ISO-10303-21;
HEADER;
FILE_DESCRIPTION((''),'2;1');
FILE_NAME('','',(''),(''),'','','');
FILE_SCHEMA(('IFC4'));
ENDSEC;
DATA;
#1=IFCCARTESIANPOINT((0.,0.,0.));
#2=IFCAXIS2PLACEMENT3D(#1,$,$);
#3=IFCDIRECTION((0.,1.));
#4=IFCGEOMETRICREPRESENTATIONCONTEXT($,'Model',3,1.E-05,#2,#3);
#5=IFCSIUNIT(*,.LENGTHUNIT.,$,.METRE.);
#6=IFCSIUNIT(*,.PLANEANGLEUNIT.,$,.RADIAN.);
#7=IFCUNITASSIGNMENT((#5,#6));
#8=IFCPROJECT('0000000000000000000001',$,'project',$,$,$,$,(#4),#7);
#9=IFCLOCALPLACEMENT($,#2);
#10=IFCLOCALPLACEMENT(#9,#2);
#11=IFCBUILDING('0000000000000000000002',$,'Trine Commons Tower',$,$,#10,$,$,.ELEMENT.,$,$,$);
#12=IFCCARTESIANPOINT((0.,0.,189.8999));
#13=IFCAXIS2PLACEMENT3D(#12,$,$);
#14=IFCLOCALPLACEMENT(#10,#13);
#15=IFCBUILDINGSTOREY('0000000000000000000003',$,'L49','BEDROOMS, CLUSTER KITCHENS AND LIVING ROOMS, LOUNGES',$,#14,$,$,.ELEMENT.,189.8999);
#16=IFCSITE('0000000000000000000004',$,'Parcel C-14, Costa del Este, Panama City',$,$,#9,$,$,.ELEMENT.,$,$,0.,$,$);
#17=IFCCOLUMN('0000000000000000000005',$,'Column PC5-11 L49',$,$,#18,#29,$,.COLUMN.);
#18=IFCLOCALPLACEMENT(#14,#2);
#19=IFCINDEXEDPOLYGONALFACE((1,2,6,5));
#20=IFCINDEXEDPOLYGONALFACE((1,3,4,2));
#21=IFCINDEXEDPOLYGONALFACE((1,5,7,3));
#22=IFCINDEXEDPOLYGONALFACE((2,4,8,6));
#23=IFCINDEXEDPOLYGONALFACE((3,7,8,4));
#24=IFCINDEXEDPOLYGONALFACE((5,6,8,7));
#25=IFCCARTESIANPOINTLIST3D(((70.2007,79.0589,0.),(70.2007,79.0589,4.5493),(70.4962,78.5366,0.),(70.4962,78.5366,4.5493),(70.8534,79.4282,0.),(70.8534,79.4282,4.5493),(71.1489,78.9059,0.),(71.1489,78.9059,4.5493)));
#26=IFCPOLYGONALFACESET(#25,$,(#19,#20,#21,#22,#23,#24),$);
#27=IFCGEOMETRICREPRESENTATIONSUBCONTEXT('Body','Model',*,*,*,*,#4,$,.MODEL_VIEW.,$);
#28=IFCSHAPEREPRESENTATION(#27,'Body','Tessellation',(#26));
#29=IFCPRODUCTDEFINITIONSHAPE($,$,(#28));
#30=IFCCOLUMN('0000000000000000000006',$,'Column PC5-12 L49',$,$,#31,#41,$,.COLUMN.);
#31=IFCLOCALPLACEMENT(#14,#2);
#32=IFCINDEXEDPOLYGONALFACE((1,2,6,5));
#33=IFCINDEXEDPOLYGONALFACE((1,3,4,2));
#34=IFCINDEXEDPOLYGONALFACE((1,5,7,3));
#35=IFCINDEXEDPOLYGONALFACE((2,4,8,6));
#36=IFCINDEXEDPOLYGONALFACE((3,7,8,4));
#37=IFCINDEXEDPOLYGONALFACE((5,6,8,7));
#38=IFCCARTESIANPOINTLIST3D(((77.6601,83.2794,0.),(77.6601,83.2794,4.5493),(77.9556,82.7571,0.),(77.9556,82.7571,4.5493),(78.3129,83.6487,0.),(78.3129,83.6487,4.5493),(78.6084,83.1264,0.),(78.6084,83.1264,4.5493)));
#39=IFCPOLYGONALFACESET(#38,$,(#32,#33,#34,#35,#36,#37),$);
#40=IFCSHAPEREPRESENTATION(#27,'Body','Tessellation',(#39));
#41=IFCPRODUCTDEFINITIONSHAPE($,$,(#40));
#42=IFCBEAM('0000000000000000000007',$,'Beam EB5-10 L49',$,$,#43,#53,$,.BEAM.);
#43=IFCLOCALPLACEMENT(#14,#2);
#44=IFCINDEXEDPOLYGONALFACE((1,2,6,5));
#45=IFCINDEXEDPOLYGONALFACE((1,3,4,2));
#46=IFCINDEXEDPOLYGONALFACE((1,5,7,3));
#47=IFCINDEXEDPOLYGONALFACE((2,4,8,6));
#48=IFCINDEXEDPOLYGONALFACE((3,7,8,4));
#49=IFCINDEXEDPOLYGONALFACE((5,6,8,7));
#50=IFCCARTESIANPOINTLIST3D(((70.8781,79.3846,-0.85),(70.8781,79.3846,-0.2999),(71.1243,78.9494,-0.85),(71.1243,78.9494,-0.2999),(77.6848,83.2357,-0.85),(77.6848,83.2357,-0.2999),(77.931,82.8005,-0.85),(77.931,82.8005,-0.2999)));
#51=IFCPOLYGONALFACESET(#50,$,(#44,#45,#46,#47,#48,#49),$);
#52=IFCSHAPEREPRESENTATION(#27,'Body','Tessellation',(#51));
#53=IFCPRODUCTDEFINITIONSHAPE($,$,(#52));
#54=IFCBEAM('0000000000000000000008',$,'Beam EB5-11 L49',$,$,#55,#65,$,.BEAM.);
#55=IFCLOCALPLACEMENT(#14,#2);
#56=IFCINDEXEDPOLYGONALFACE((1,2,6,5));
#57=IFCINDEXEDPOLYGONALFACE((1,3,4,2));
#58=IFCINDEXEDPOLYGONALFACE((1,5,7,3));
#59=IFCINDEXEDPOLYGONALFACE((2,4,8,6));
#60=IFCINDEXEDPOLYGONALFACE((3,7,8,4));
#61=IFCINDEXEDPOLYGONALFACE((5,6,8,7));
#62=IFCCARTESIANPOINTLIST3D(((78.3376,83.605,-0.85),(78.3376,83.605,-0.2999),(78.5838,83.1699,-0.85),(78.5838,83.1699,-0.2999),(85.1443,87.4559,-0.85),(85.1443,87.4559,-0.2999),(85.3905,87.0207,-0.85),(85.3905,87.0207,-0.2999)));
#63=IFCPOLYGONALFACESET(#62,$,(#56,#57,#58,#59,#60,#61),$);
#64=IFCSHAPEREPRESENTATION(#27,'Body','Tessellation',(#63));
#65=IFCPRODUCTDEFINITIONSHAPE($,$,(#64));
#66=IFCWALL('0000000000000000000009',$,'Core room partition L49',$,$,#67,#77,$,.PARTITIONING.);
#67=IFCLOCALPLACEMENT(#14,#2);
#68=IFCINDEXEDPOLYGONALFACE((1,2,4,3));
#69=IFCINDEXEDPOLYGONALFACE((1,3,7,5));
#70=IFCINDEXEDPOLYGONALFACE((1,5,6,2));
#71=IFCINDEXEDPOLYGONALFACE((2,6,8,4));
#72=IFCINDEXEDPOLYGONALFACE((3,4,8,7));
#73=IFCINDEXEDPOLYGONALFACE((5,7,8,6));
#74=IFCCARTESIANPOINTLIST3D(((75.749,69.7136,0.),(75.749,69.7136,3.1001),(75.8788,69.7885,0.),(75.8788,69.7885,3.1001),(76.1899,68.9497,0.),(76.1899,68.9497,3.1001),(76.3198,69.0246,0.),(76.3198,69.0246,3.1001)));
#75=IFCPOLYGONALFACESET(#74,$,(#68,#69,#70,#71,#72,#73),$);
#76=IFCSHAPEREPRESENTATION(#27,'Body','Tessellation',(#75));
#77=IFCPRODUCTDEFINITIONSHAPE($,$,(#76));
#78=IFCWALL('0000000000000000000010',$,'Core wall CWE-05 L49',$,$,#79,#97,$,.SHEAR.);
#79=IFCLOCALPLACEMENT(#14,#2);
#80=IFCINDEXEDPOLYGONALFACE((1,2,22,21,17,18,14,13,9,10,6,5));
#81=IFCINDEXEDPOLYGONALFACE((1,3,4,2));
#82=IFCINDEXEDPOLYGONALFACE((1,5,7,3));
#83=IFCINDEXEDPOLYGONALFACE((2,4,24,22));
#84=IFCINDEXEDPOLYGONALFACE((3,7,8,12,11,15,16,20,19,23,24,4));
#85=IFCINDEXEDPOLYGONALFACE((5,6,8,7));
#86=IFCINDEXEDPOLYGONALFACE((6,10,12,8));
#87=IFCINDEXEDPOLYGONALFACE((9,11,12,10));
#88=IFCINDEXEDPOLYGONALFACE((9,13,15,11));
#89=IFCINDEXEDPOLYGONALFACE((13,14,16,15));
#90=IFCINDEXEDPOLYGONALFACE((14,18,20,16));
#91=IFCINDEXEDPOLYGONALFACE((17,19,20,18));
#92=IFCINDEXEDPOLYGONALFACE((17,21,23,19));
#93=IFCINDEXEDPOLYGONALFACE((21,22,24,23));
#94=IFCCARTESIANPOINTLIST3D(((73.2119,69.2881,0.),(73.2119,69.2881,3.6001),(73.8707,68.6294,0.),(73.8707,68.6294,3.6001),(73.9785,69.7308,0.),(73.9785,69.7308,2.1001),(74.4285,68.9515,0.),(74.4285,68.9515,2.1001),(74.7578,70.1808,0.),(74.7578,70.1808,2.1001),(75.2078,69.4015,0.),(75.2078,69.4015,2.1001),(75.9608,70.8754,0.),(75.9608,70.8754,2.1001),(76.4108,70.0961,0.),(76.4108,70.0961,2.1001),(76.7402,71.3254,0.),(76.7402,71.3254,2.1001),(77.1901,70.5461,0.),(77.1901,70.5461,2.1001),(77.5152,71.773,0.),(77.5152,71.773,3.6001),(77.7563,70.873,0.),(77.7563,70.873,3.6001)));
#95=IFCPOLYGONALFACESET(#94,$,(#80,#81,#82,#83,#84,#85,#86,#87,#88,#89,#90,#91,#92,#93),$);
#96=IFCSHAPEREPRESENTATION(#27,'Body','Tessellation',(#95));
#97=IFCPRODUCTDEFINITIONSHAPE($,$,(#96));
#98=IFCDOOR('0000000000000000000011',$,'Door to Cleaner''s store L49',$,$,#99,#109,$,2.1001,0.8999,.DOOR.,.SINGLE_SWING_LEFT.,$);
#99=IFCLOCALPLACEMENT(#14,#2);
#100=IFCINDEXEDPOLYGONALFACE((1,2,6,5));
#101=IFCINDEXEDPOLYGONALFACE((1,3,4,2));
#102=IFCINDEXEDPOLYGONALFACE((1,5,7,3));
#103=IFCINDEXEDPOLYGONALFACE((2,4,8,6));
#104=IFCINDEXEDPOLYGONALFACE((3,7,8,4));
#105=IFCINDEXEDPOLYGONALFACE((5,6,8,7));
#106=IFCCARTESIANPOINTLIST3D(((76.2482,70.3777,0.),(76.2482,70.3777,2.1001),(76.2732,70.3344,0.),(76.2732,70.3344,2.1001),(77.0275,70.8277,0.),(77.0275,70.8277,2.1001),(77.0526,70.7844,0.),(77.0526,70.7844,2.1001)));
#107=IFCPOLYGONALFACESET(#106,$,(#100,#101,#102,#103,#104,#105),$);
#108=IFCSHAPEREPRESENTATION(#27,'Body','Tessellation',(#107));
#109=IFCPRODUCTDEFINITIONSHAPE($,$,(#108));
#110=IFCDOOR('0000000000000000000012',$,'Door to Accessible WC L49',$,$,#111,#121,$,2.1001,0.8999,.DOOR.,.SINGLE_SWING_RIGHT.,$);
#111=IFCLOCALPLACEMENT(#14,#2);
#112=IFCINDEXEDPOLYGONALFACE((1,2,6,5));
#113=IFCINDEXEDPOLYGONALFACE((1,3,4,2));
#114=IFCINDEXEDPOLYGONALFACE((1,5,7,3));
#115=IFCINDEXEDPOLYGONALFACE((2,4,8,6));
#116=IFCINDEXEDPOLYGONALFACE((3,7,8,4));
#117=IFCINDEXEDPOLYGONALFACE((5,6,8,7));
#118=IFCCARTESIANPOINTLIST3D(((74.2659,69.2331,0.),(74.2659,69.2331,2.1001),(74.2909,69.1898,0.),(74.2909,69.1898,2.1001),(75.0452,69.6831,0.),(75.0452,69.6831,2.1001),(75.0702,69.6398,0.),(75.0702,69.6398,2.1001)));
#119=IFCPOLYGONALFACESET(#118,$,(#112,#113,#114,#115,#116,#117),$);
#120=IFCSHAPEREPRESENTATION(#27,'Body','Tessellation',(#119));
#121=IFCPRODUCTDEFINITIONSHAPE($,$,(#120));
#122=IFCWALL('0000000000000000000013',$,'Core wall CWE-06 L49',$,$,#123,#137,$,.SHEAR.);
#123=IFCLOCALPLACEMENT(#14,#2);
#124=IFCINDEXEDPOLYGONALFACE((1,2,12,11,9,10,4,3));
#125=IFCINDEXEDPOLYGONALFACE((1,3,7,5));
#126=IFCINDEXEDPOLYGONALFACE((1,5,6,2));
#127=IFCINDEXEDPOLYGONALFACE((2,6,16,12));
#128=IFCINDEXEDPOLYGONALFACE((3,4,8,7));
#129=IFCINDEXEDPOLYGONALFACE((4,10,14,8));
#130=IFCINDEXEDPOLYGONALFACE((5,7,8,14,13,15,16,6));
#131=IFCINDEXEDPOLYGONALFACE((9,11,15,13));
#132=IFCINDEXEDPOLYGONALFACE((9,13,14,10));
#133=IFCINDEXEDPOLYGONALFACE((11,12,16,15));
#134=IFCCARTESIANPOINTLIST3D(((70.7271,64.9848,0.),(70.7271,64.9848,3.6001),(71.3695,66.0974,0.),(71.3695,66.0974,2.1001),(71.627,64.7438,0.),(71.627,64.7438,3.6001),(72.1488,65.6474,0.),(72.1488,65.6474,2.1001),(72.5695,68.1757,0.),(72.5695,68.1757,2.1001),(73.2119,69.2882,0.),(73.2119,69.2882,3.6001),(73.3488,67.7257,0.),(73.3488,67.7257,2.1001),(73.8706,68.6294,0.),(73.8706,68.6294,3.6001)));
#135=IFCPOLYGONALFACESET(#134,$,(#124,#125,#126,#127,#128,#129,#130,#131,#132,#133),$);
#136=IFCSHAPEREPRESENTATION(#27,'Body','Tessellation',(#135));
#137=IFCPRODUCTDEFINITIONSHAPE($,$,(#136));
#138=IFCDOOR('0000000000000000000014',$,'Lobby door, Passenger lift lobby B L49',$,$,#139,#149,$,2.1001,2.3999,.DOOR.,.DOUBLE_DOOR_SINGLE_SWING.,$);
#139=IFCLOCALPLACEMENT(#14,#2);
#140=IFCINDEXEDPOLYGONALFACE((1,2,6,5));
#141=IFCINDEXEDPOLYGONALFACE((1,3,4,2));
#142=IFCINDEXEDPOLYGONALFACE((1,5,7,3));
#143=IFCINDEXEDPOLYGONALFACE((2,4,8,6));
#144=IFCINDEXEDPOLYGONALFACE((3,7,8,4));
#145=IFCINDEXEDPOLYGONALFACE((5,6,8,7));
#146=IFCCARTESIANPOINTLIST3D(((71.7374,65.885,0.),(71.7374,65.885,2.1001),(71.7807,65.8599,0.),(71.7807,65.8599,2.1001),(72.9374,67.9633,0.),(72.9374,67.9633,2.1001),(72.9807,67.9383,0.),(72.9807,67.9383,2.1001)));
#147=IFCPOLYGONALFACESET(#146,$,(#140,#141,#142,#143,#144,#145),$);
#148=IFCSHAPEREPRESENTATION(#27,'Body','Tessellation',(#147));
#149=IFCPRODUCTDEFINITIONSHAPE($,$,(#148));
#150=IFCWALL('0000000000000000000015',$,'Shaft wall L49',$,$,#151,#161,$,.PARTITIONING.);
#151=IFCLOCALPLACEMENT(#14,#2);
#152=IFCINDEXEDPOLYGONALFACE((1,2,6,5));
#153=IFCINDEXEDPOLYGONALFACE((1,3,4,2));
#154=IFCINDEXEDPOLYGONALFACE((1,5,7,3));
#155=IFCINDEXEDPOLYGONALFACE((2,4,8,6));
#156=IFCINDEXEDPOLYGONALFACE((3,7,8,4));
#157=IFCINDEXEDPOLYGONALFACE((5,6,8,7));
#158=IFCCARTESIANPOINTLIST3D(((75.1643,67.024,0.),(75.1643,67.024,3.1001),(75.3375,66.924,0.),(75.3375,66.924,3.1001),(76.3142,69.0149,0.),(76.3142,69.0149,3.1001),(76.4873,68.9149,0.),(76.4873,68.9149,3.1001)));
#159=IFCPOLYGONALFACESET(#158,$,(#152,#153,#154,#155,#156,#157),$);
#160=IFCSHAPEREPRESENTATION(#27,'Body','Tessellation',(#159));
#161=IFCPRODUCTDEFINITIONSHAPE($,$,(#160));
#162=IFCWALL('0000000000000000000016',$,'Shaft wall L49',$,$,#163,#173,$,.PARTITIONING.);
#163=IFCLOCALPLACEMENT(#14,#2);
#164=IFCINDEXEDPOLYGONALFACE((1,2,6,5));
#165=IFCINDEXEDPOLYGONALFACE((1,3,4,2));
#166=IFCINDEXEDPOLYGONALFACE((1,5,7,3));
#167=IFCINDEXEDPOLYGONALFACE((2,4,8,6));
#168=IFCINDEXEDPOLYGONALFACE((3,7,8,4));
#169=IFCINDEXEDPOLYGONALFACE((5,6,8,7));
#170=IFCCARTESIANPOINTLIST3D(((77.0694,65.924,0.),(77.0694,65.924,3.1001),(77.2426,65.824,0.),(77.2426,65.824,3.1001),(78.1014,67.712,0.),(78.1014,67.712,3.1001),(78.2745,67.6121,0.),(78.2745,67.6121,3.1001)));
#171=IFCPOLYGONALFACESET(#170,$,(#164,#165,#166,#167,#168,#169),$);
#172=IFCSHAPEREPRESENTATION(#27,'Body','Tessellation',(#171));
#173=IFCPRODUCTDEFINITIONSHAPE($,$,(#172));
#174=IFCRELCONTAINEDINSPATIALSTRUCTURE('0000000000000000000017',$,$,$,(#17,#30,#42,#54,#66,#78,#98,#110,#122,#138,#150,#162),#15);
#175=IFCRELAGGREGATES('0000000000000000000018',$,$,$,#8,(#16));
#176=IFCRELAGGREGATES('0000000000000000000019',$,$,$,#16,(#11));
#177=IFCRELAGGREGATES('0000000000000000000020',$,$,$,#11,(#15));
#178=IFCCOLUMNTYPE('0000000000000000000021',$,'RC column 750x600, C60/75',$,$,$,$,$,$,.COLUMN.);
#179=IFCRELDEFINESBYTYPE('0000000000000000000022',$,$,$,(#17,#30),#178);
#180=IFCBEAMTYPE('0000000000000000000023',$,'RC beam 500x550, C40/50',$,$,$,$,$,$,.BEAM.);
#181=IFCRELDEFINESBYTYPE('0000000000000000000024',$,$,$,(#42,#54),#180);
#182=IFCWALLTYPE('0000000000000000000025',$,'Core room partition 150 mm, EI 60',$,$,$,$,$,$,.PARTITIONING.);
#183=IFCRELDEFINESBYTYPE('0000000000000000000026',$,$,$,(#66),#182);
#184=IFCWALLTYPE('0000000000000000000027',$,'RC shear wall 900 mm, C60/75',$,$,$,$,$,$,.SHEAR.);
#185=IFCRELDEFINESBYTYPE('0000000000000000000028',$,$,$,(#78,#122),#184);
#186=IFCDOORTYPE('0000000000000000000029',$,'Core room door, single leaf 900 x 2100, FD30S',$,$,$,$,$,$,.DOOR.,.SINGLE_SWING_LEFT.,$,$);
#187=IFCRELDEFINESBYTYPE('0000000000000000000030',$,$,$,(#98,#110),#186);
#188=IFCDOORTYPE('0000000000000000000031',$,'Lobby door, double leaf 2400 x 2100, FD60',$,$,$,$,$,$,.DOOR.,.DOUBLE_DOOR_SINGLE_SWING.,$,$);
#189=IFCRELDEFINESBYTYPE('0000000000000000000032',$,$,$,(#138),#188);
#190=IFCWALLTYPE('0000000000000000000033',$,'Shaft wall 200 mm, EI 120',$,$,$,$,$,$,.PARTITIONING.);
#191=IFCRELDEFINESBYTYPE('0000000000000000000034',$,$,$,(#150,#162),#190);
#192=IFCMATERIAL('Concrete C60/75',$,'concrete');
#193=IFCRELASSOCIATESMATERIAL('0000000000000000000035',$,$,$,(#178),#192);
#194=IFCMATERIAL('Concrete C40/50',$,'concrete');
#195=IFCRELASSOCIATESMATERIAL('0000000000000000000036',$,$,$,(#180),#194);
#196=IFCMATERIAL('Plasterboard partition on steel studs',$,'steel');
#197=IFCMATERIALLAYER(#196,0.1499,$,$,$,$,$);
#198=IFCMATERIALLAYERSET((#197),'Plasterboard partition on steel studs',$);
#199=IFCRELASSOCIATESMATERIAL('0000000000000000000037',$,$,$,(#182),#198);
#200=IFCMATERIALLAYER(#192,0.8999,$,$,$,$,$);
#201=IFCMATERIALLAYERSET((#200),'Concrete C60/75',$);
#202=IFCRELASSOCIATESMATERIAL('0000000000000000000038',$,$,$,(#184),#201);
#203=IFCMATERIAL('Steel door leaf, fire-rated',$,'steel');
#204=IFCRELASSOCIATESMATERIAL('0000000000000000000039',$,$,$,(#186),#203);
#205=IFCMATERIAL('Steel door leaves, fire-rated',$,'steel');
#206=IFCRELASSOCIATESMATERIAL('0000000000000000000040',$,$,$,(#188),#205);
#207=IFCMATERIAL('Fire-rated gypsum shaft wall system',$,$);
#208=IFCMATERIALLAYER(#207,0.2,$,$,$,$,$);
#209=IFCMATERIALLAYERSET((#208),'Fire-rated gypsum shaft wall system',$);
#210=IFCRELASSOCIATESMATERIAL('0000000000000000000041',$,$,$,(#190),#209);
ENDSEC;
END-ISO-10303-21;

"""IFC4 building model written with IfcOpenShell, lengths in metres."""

from ifc_helpers import new_model, si_unit, direction, frame, frame_2d, origin, origin_2d, place, context, subcontext, project, spatial, polyline, rectangle, outline, extrude, material, layer, layer_set, material_profile, profile_set, type_object, element, fill, save


model = new_model("IFC4")

# Units and contexts
model_context = context("Model", 3, precision=1e-05, world=origin(), true_north=direction((0.0, 1.0)))
body_context = subcontext(model_context, "Body", "Model", "MODEL_VIEW")
ifc_project = project(units=[si_unit("LENGTHUNIT", "METRE"), si_unit("PLANEANGLEUNIT", "RADIAN")], contexts=[model_context])

# Site, building, storey
site_placement = place(None, origin())
site = spatial("IfcSite", under=ifc_project, at=site_placement, Name="Parcel C-14, Costa del Este, Panama City", CompositionType="ELEMENT", RefElevation=0.0)
building_placement = place(site_placement, origin())
building = spatial("IfcBuilding", under=site, at=building_placement, Name="Trine Commons Tower", CompositionType="ELEMENT")
storey_placement = place(building_placement, frame((0.0, 0.0, 189.8999)))
storey = spatial("IfcBuildingStorey", under=building, at=storey_placement, Name="L49", Description="BEDROOMS, CLUSTER KITCHENS AND LIVING ROOMS, LOUNGES", CompositionType="ELEMENT", Elevation=189.8999)

# Columns
ifc_material_1 = material(Name="Concrete C60/75", Category="concrete")
ifc_material_profile_1 = material_profile(ifc_material_1, rectangle(XDim=0.75, YDim=0.6001, at=origin_2d()), Name="RC 750x600")
ifc_profile_set_1 = profile_set([ifc_material_profile_1], Name="Concrete C60/75")
column_type = type_object("IfcColumnType", Name="RC column 750x600, C60/75", PredefinedType="COLUMN", material=ifc_profile_set_1)
for number, where, z_axis, x_axis, name in (
    (1, (70.6748, 78.9824, 0.0), (0.0, 0.0, 1.0), (0.870356, 0.492424, 0.0), "Column PC5-11 L49"),
    (2, (78.1343, 83.2029, 0.0), (0.0, 0.0, 1.0), (0.870356, 0.492424, 0.0), "Column PC5-12 L49"),
):
    element("IfcColumn", number, at=place(storey_placement, frame(where, z_axis=z_axis, x_axis=x_axis)), inside=storey, type_object=column_type, Name=name, PredefinedType="COLUMN", context=body_context, shape_type="SweptSolid", body=[
        extrude(rectangle(XDim=0.75, YDim=0.6001, at=origin_2d()), origin(), (0.0, 0.0, 1.0), 4.5493),
    ])

# Beams
ifc_material_2 = material(Name="Concrete C40/50", Category="concrete")
ifc_material_profile_2 = material_profile(ifc_material_2, rectangle(XDim=0.5, YDim=0.55, at=origin_2d()), Name="RC 500x550")
ifc_profile_set_2 = profile_set([ifc_material_profile_2], Name="Concrete C40/50")
beam_type = type_object("IfcBeamType", Name="RC beam 500x550, C40/50", PredefinedType="BEAM", material=ifc_profile_set_2)
for number, where, z_axis, x_axis, name in (
    (3, (71.0012, 79.167, -0.575), (0.870352, 0.49243, 0.0), (-0.49243, 0.870352, 0.0), "Beam EB5-10 L49"),
    (4, (78.4607, 83.3875, -0.575), (0.870366, 0.492406, 0.0), (-0.492406, 0.870366, 0.0), "Beam EB5-11 L49"),
):
    element("IfcBeam", number, at=place(storey_placement, frame(where, z_axis=z_axis, x_axis=x_axis)), inside=storey, type_object=beam_type, Name=name, PredefinedType="BEAM", context=body_context, shape_type="SweptSolid", body=[
        extrude(rectangle(XDim=0.5, YDim=0.55, at=origin_2d()), origin(), (0.0, 0.0, 1.0), 7.8206),
    ])

# Wall
ifc_material_3 = material(Name="Plasterboard partition on steel studs", Category="steel")
ifc_layer_1 = layer(ifc_material_3, 0.1499)
ifc_layer_set_1 = layer_set([ifc_layer_1], Name="Plasterboard partition on steel studs")
wall_type_1 = type_object("IfcWallType", Name="Core room partition 150 mm, EI 60", PredefinedType="PARTITIONING", material=ifc_layer_set_1)
wall_1_placement = place(storey_placement, frame((75.814, 69.751, 0.0), z_axis=(0.0, 0.0, 1.0), x_axis=(0.49989, -0.866089, 0.0)))
element("IfcWall", 5, at=wall_1_placement, inside=storey, type_object=wall_type_1, Name="Core room partition L49", PredefinedType="PARTITIONING", context=body_context, shape_type="SweptSolid", body=[
    extrude(rectangle(XDim=0.8821, YDim=0.1499, at=frame_2d((0.4409, 0.0))), origin(), (0.0, 0.0, 1.0), 3.1001),
])

# Wall, openings, doors
ifc_layer_2 = layer(ifc_material_1, 0.8999)
ifc_layer_set_2 = layer_set([ifc_layer_2], Name="Concrete C60/75")
wall_type_2 = type_object("IfcWallType", Name="RC shear wall 900 mm, C60/75", PredefinedType="SHEAR", material=ifc_layer_set_2)
wall_2_placement = place(storey_placement, frame((77.7402, 71.3833, 0.0), z_axis=(0.0, 0.0, 1.0), x_axis=(-0.866003, -0.500039, 0.0)))
wall_2 = element("IfcWall", 6, at=wall_2_placement, inside=storey, type_object=wall_type_2, Name="Core wall CWE-05 L49", PredefinedType="SHEAR", context=body_context, shape_type="SweptSolid", body=[
    extrude(outline(polyline([(0.0, -0.45), (4.9692, -0.45), (4.728, 0.45), (0.2412, 0.45), (0.0, -0.45)])), origin(), (0.0, 0.0, 1.0), 3.6001),
])
opening_1_placement = place(wall_2_placement, frame((0.895, 0.0, 0.0)))
opening_1 = element("IfcOpeningElement", 7, at=opening_1_placement, cuts=wall_2, PredefinedType="OPENING", context=body_context, shape_type="SweptSolid", body=[
    extrude(rectangle(XDim=0.8999, YDim=2.1001, at=frame_2d((0.45, 1.05))), frame((0.0, 0.46, 0.0), z_axis=(0.0, -1.0, 0.0), x_axis=(1.0, 0.0, 0.0)), (0.0, 0.0, 1.0), 0.9199),
])
opening_2_placement = place(wall_2_placement, frame((3.1841, 0.0, 0.0)))
opening_2 = element("IfcOpeningElement", 8, at=opening_2_placement, cuts=wall_2, PredefinedType="OPENING", context=body_context, shape_type="SweptSolid", body=[
    extrude(rectangle(XDim=0.8999, YDim=2.1001, at=frame_2d((0.45, 1.05))), frame((0.0, 0.46, 0.0), z_axis=(0.0, -1.0, 0.0), x_axis=(1.0, 0.0, 0.0)), (0.0, 0.0, 1.0), 0.9199),
])
ifc_material_4 = material(Name="Steel door leaf, fire-rated", Category="steel")
door_type_1 = type_object("IfcDoorType", Name="Core room door, single leaf 900 x 2100, FD30S", OperationType="SINGLE_SWING_LEFT", PredefinedType="DOOR", material=ifc_material_4)
door_1_placement = place(opening_1_placement, origin())
door_1 = element("IfcDoor", 9, at=door_1_placement, inside=storey, type_object=door_type_1, Name="Door to Cleaner's store L49", OperationType="SINGLE_SWING_LEFT", OverallHeight=2.1001, OverallWidth=0.8999, PredefinedType="DOOR", context=body_context, shape_type="SweptSolid", body=[
    extrude(rectangle(XDim=0.8999, YDim=2.1001, at=frame_2d((0.45, 1.05))), frame((0.0, 0.1748, 0.0), z_axis=(0.0, -1.0, 0.0), x_axis=(1.0, 0.0, 0.0)), (0.0, 0.0, 1.0), 0.05),
])
fill(opening_1, door_1)
door_2_placement = place(opening_2_placement, origin())
door_2 = element("IfcDoor", 10, at=door_2_placement, inside=storey, type_object=door_type_1, Name="Door to Accessible WC L49", OperationType="SINGLE_SWING_RIGHT", OverallHeight=2.1001, OverallWidth=0.8999, PredefinedType="DOOR", context=body_context, shape_type="SweptSolid", body=[
    extrude(rectangle(XDim=0.8999, YDim=2.1001, at=frame_2d((0.45, 1.05))), frame((0.0, 0.1748, 0.0), z_axis=(0.0, -1.0, 0.0), x_axis=(1.0, 0.0, 0.0)), (0.0, 0.0, 1.0), 0.05),
])
fill(opening_2, door_2)

# Wall, opening, door
wall_3_placement = place(storey_placement, frame((73.6016, 69.0632, 0.0), z_axis=(0.0, 0.0, 1.0), x_axis=(-0.500039, -0.866003, 0.0)))
wall_3 = element("IfcWall", 11, at=wall_3_placement, inside=storey, type_object=wall_type_2, Name="Core wall CWE-06 L49", PredefinedType="SHEAR", context=body_context, shape_type="SweptSolid", body=[
    extrude(outline(polyline([(0.0, -0.45), (4.9692, -0.45), (4.728, 0.45), (0.2412, 0.45), (0.0, -0.45)])), origin(), (0.0, 0.0, 1.0), 3.6001),
])
opening_3_placement = place(wall_3_placement, frame((1.2847, 0.0, 0.0)))
opening_3 = element("IfcOpeningElement", 12, at=opening_3_placement, cuts=wall_3, PredefinedType="OPENING", context=body_context, shape_type="SweptSolid", body=[
    extrude(rectangle(XDim=2.3999, YDim=2.1001, at=frame_2d((1.2, 1.05))), frame((0.0, 0.46, 0.0), z_axis=(0.0, -1.0, 0.0), x_axis=(1.0, 0.0, 0.0)), (0.0, 0.0, 1.0), 0.9199),
])
ifc_material_5 = material(Name="Steel door leaves, fire-rated", Category="steel")
door_type_2 = type_object("IfcDoorType", Name="Lobby door, double leaf 2400 x 2100, FD60", OperationType="DOUBLE_DOOR_SINGLE_SWING", PredefinedType="DOOR", material=ifc_material_5)
door_3_placement = place(opening_3_placement, origin())
door_3 = element("IfcDoor", 13, at=door_3_placement, inside=storey, type_object=door_type_2, Name="Lobby door, Passenger lift lobby B L49", OperationType="DOUBLE_DOOR_SINGLE_SWING", OverallHeight=2.1001, OverallWidth=2.3999, PredefinedType="DOOR", context=body_context, shape_type="SweptSolid", body=[
    extrude(rectangle(XDim=2.3999, YDim=2.1001, at=frame_2d((1.2, 1.05))), frame((0.0, 0.0249, 0.0), z_axis=(0.0, -1.0, 0.0), x_axis=(1.0, 0.0, 0.0)), (0.0, 0.0, 1.0), 0.05),
])
fill(opening_3, door_3)

# Walls
ifc_material_6 = material(Name="Fire-rated gypsum shaft wall system")
ifc_layer_3 = layer(ifc_material_6, 0.2)
ifc_layer_set_3 = layer_set([ifc_layer_3], Name="Fire-rated gypsum shaft wall system")
wall_type_3 = type_object("IfcWallType", Name="Shaft wall 200 mm, EI 120", PredefinedType="PARTITIONING", material=ifc_layer_set_3)
wall_4_placement = place(storey_placement, frame((75.251, 66.9741, 0.0), z_axis=(0.0, 0.0, 1.0), x_axis=(0.500136, 0.865947, 0.0)))
element("IfcWall", 14, at=wall_4_placement, inside=storey, type_object=wall_type_3, Name="Shaft wall L49", PredefinedType="PARTITIONING", context=body_context, shape_type="SweptSolid", body=[
    extrude(rectangle(XDim=2.2991, YDim=0.2, at=frame_2d((1.1494, 0.0))), origin(), (0.0, 0.0, 1.0), 3.1001),
])
wall_5_placement = place(storey_placement, frame((77.156, 65.874, 0.0), z_axis=(0.0, 0.0, 1.0), x_axis=(0.499866, 0.866103, 0.0)))
element("IfcWall", 15, at=wall_5_placement, inside=storey, type_object=wall_type_3, Name="Shaft wall L49", PredefinedType="PARTITIONING", context=body_context, shape_type="SweptSolid", body=[
    extrude(rectangle(XDim=2.0645, YDim=0.2, at=frame_2d((1.0322, 0.0))), origin(), (0.0, 0.0, 1.0), 3.1001),
])

save(model, "model.ifc")
